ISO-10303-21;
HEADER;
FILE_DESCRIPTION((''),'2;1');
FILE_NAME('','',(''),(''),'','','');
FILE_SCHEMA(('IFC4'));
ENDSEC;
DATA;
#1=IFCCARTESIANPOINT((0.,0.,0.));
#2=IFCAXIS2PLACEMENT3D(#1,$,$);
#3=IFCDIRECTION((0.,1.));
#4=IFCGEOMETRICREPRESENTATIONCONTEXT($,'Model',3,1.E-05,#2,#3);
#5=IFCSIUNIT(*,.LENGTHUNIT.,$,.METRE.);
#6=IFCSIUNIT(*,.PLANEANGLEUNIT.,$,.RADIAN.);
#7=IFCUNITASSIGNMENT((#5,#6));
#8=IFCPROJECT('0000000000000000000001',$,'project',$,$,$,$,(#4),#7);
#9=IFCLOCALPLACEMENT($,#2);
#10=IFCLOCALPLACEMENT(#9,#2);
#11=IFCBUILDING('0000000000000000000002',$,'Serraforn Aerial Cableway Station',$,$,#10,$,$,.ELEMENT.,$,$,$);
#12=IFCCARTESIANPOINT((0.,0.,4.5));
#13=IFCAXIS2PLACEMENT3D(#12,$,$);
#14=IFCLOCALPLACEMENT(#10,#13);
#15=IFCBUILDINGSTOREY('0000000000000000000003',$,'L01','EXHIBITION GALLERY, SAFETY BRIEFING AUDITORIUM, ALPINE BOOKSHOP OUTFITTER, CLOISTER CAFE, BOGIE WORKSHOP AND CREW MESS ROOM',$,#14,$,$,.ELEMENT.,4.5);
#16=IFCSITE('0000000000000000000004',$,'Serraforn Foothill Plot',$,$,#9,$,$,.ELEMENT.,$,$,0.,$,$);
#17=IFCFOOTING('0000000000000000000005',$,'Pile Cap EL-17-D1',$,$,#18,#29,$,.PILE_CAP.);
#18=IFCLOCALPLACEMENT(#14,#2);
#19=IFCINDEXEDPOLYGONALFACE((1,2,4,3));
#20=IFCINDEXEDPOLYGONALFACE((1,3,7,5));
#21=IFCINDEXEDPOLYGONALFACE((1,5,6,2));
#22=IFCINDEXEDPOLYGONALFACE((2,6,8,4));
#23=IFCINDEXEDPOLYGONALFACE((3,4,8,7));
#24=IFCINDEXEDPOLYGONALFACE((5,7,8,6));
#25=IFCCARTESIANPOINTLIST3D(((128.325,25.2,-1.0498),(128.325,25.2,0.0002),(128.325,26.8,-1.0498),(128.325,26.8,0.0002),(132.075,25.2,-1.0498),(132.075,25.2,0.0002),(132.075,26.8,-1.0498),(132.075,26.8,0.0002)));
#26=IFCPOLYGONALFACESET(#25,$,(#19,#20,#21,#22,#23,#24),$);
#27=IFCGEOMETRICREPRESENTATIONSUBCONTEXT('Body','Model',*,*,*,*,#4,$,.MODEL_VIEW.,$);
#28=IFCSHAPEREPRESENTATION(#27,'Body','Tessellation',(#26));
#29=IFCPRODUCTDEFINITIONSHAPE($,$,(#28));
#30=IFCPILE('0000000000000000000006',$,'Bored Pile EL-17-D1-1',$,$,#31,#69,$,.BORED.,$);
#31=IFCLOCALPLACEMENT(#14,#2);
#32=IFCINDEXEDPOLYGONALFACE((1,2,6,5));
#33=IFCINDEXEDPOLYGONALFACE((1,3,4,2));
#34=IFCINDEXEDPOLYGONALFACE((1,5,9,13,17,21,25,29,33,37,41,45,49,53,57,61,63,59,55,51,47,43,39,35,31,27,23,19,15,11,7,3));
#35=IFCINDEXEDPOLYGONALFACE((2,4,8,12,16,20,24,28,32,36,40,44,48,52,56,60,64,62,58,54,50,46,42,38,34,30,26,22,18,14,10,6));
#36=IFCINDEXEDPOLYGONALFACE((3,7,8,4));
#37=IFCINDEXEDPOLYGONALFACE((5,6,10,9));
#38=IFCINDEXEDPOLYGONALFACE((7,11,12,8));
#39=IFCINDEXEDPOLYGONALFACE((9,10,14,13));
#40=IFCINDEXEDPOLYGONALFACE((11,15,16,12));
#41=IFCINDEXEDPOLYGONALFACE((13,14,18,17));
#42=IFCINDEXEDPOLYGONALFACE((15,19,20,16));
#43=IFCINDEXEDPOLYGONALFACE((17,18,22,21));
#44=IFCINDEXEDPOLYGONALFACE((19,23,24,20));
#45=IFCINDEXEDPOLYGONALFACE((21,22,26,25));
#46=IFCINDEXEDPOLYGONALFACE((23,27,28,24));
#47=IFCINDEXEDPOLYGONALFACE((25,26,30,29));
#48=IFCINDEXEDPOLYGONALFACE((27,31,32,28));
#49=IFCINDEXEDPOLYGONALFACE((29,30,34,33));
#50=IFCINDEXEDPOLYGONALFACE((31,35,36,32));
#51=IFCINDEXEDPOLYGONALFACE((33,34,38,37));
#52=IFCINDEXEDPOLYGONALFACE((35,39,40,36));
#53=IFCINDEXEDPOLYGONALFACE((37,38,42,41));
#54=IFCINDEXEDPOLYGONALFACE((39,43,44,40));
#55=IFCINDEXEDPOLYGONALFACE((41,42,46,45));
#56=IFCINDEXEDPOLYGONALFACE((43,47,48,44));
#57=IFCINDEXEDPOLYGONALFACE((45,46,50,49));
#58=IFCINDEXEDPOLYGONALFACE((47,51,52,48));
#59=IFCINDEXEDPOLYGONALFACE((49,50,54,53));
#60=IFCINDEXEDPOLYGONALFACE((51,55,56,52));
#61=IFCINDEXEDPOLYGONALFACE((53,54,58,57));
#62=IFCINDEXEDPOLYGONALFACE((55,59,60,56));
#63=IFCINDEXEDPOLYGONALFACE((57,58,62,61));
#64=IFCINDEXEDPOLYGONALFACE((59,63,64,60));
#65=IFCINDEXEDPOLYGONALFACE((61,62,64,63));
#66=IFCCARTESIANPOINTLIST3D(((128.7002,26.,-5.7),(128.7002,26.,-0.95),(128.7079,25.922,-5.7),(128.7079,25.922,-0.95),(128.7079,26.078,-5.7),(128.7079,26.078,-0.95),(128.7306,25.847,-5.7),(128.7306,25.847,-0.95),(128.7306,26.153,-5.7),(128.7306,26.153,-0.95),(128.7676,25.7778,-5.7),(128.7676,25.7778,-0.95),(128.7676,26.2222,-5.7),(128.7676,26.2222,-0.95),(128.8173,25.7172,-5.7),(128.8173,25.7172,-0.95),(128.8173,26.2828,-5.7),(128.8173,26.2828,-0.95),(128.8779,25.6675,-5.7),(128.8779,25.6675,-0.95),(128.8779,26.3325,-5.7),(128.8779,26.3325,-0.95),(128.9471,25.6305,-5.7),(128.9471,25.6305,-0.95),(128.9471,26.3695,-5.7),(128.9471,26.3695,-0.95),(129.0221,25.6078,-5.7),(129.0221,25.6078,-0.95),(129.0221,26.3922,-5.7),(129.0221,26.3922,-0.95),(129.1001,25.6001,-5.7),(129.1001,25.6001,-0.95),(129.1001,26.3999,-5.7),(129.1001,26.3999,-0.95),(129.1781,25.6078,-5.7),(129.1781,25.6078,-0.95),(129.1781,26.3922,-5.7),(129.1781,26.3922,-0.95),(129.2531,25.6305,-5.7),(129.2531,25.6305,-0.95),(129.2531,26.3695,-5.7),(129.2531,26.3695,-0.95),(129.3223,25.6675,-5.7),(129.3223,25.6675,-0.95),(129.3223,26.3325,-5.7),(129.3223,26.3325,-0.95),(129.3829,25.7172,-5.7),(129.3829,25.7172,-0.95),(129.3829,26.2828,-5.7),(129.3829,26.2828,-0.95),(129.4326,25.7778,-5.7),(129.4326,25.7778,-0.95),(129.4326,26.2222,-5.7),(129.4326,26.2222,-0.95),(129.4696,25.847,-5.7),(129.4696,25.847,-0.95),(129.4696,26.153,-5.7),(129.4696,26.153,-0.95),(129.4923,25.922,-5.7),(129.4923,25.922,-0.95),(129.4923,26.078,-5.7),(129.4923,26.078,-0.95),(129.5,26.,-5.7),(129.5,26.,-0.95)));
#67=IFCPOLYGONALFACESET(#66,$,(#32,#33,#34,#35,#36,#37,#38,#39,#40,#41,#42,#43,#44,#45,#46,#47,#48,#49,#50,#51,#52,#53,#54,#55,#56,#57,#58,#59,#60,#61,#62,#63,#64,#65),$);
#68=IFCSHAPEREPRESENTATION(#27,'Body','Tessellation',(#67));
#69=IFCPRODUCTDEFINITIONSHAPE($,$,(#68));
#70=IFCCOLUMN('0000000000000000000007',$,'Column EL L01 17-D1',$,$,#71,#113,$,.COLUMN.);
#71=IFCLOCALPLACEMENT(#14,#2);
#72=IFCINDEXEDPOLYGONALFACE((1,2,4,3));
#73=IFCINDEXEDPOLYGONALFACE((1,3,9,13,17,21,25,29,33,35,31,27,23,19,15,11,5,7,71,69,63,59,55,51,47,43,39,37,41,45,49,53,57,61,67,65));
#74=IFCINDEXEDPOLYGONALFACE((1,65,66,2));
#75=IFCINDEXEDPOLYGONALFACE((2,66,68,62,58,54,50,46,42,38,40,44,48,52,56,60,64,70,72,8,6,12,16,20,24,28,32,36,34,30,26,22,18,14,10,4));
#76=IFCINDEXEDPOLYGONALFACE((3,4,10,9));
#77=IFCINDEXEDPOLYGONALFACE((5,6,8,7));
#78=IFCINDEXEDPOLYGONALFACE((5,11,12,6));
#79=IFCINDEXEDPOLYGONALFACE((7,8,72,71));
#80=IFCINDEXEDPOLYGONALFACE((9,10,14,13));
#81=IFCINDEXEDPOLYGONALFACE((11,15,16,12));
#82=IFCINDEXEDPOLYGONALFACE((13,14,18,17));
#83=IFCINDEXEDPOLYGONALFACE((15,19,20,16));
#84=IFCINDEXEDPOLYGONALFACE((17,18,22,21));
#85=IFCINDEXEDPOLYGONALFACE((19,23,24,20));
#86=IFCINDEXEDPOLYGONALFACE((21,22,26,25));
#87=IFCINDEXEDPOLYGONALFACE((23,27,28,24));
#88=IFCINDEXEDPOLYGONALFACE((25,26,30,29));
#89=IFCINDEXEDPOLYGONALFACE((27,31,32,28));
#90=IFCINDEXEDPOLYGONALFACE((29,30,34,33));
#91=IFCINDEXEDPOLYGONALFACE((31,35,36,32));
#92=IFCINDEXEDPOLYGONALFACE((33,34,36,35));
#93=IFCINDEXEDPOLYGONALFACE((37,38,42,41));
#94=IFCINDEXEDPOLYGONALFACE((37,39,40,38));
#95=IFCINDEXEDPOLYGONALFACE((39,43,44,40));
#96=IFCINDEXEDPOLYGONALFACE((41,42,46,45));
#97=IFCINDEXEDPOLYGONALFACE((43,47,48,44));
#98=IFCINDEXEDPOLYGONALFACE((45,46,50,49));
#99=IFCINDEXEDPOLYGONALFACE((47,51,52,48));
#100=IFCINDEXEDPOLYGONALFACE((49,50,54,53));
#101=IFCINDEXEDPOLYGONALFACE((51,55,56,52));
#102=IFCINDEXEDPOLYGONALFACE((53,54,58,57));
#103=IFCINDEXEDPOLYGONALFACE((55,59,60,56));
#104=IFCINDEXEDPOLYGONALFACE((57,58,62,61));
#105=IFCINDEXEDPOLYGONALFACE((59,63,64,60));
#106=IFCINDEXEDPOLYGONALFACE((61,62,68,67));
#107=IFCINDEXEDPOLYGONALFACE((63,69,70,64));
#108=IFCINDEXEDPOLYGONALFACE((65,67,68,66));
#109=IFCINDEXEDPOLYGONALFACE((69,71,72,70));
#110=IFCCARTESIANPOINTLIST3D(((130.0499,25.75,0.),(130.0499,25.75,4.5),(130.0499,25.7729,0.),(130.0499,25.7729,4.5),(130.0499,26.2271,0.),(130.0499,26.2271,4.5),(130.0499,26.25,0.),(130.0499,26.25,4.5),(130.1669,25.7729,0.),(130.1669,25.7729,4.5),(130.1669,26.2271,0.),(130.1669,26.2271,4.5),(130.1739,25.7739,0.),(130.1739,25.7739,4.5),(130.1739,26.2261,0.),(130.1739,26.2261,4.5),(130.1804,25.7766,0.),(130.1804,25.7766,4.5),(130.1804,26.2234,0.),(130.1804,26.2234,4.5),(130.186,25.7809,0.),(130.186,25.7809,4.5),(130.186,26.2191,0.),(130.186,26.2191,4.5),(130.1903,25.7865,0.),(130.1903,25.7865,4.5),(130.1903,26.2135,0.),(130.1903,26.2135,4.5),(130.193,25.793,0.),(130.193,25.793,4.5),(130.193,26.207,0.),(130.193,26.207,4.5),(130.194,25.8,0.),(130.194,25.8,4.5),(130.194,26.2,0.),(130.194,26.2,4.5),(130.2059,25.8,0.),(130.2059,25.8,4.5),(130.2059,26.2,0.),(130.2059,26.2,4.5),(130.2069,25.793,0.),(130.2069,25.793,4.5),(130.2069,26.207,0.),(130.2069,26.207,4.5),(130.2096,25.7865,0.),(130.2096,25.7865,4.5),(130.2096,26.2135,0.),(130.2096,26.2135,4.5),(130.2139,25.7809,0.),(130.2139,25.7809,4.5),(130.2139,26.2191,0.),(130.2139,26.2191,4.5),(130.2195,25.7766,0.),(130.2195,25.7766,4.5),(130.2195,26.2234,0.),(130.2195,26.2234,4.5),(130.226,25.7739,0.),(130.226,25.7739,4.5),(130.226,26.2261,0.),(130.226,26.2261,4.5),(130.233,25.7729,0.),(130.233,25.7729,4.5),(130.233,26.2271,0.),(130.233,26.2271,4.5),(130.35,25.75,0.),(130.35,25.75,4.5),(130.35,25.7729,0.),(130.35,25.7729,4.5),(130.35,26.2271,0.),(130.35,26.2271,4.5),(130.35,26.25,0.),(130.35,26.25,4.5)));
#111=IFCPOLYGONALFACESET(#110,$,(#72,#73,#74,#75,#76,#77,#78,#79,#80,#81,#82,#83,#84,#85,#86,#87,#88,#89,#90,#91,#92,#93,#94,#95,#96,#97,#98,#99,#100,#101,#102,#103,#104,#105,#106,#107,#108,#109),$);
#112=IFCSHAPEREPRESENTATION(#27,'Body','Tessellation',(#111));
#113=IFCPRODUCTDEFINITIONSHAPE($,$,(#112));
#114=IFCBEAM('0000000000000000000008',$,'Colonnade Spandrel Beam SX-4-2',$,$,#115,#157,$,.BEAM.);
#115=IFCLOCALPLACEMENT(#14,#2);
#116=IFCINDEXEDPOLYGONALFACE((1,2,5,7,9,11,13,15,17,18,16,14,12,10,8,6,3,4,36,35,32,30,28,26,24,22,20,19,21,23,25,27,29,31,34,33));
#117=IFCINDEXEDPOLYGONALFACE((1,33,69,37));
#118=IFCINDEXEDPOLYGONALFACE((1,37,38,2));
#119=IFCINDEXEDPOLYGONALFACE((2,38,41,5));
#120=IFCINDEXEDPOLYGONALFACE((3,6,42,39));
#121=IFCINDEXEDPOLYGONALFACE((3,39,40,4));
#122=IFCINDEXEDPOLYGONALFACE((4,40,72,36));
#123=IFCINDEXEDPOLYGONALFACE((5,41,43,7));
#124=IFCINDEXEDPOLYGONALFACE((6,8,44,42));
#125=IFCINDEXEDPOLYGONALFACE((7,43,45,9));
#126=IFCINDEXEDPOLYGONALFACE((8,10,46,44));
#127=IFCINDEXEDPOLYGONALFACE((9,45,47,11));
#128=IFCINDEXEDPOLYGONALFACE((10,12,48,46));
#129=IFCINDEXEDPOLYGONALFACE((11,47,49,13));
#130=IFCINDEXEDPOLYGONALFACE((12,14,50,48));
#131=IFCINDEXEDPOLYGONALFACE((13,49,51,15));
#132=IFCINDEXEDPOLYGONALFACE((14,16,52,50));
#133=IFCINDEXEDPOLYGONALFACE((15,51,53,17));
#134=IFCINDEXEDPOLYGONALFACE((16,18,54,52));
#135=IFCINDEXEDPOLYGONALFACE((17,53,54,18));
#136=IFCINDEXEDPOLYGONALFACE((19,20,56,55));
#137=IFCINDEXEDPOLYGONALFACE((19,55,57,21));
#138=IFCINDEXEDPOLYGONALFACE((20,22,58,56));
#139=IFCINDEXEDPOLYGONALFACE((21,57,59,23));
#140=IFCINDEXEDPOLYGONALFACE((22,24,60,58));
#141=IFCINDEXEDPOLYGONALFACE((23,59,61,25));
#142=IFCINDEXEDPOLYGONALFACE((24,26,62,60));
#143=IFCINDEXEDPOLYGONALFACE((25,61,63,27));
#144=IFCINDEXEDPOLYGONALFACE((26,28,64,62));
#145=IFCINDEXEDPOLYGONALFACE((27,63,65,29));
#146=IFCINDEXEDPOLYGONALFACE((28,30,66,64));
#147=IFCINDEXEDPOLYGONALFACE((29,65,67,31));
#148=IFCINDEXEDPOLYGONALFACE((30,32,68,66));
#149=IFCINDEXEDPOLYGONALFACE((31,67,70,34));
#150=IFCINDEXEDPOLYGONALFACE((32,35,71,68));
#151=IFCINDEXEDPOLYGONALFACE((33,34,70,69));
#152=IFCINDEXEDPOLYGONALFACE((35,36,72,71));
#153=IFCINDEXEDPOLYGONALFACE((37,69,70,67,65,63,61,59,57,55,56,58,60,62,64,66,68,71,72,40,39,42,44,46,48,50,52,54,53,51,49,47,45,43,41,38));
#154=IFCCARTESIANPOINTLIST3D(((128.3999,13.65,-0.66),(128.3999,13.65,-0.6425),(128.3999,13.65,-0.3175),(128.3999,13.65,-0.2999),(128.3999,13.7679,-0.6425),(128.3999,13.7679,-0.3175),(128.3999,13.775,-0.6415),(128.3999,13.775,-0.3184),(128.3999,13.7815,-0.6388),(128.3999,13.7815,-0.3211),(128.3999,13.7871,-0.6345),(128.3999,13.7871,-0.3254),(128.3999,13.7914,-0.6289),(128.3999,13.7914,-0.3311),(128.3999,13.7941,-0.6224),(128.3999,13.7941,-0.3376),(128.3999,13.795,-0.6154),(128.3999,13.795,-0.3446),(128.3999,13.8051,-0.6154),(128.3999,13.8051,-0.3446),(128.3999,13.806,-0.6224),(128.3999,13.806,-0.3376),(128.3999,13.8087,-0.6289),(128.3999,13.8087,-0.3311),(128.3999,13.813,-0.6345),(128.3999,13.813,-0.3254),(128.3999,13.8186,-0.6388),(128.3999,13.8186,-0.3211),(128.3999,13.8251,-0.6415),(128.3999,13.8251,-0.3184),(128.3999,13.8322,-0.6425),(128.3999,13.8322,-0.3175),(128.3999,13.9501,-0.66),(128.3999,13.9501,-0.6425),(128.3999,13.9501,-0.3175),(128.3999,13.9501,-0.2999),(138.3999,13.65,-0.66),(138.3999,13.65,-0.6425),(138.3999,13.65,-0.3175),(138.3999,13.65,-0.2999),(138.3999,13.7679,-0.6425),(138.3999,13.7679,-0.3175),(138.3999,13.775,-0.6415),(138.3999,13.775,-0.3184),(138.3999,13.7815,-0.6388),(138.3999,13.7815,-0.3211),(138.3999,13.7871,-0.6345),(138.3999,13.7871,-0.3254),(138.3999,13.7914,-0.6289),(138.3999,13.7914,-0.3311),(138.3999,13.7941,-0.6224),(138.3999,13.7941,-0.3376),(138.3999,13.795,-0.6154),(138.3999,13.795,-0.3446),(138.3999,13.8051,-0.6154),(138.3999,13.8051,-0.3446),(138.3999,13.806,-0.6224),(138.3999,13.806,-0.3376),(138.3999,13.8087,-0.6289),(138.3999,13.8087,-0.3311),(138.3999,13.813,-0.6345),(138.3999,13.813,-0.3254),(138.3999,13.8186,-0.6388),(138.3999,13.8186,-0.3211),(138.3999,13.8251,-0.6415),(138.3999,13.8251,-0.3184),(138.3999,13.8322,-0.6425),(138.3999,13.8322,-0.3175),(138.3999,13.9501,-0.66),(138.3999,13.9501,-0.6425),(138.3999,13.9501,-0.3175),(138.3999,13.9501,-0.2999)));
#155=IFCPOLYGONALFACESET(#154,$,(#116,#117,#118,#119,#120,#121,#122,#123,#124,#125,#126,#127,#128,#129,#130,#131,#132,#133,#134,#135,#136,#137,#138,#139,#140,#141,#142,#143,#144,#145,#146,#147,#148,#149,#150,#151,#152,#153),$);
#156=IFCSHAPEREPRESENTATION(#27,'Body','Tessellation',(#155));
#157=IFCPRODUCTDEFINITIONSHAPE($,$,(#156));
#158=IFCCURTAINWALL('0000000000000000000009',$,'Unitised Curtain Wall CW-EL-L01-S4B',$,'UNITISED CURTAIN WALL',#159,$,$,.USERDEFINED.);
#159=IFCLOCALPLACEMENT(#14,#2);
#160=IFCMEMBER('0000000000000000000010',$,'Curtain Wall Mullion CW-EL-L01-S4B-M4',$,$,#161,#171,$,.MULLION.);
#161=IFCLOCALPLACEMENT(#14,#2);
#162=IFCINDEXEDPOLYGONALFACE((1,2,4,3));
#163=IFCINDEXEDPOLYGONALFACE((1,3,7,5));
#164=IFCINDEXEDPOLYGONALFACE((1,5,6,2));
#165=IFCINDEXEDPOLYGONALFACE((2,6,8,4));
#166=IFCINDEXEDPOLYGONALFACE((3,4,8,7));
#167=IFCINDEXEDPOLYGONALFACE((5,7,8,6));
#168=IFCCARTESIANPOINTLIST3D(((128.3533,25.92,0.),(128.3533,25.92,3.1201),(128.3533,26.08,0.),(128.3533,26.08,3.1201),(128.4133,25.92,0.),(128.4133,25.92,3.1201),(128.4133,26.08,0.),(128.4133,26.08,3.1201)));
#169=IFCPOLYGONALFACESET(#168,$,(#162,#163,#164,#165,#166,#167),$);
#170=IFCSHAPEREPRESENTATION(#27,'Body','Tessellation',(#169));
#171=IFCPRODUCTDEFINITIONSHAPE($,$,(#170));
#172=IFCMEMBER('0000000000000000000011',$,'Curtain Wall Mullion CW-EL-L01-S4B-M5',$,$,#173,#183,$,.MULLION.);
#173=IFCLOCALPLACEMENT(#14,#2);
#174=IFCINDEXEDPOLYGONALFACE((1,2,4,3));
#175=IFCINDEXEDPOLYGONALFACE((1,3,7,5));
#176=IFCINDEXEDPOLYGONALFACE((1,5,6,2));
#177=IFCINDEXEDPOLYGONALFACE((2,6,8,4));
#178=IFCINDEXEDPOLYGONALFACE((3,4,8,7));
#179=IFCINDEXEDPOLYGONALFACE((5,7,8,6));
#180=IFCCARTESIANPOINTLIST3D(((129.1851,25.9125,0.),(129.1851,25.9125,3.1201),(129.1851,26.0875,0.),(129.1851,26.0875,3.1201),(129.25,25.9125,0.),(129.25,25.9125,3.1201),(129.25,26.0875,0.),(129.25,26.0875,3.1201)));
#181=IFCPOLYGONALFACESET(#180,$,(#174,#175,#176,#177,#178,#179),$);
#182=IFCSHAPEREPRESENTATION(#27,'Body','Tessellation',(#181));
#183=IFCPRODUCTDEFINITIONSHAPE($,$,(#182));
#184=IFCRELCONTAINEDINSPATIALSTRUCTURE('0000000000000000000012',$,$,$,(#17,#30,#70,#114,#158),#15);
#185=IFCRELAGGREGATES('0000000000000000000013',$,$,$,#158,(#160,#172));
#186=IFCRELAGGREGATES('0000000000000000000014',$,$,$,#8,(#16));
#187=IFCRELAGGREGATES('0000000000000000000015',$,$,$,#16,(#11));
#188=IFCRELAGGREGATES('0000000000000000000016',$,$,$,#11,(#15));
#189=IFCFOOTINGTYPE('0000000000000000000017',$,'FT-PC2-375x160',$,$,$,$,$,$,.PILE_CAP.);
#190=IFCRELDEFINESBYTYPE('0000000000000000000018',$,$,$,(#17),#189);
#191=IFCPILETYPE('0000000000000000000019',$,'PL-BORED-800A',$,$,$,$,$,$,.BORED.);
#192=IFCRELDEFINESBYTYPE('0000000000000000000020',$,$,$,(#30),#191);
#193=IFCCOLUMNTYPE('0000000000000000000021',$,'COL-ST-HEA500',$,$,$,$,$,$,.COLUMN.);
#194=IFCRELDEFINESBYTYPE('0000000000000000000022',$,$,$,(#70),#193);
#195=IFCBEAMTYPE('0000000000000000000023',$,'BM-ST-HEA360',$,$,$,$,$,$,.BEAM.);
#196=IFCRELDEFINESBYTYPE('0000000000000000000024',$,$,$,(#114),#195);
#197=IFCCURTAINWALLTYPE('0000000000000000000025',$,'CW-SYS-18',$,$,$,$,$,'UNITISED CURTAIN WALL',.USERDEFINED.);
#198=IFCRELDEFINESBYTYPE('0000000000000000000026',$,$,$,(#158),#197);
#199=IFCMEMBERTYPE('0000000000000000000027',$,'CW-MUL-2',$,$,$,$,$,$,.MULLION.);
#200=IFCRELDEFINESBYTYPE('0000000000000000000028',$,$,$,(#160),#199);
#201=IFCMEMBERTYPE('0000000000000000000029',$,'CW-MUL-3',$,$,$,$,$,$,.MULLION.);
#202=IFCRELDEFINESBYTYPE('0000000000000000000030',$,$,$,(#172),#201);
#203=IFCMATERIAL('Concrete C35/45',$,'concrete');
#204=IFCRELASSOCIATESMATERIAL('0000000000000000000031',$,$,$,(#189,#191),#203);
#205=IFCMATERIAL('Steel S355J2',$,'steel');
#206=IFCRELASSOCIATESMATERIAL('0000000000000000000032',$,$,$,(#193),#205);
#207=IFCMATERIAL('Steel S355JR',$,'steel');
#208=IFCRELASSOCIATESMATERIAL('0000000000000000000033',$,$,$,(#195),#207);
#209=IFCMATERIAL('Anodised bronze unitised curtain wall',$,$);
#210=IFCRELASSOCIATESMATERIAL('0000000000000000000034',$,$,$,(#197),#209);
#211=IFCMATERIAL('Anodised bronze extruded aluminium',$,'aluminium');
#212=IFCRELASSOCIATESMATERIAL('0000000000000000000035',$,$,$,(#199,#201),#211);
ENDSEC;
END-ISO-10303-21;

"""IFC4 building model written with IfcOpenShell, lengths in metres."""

from ifc_helpers import new_model, si_unit, direction, frame, origin, origin_2d, place, context, subcontext, project, spatial, rectangle, circle, i_section, extrude, material, material_profile, profile_set, type_object, element, aggregate, save


model = new_model("IFC4")

# Units and contexts
model_context = context("Model", 3, precision=1e-05, world=origin(), true_north=direction((0.0, 1.0)))
body_context = subcontext(model_context, "Body", "Model", "MODEL_VIEW")
ifc_project = project(units=[si_unit("LENGTHUNIT", "METRE"), si_unit("PLANEANGLEUNIT", "RADIAN")], contexts=[model_context])

# Site, building, storey
site_placement = place(None, origin())
site = spatial("IfcSite", under=ifc_project, at=site_placement, Name="Serraforn Foothill Plot", CompositionType="ELEMENT", RefElevation=0.0)
building_placement = place(site_placement, origin())
building = spatial("IfcBuilding", under=site, at=building_placement, Name="Serraforn Aerial Cableway Station", CompositionType="ELEMENT")
storey_placement = place(building_placement, frame((0.0, 0.0, 4.5)))
storey = spatial("IfcBuildingStorey", under=building, at=storey_placement, Name="L01", Description="EXHIBITION GALLERY, SAFETY BRIEFING AUDITORIUM, ALPINE BOOKSHOP OUTFITTER, CLOISTER CAFE, BOGIE WORKSHOP AND CREW MESS ROOM", CompositionType="ELEMENT", Elevation=4.5)

# Footing
ifc_material_1 = material(Name="Concrete C35/45", Category="concrete")
footing_type = type_object("IfcFootingType", Name="FT-PC2-375x160", PredefinedType="PILE_CAP", material=ifc_material_1)
footing_placement = place(storey_placement, frame((130.2, 26.0, -1.0498), z_axis=(0.0, 0.0, 1.0), x_axis=(1.0, 0.0, 0.0)))
element("IfcFooting", 1, at=footing_placement, inside=storey, type_object=footing_type, Name="Pile Cap EL-17-D1", PredefinedType="PILE_CAP", context=body_context, shape_type="SweptSolid", body=[
    extrude(rectangle(XDim=3.75, YDim=1.6001, at=origin_2d()), origin(), (0.0, 0.0, 1.0), 1.05),
])

# Pile
ifc_material_profile_1 = material_profile(ifc_material_1, circle(Radius=0.3999, at=origin_2d()), Name="BORED PILE D800")
ifc_profile_set_1 = profile_set([ifc_material_profile_1], Name="Concrete C35/45")
pile_type = type_object("IfcPileType", Name="PL-BORED-800A", PredefinedType="BORED", material=ifc_profile_set_1)
pile_placement = place(storey_placement, frame((129.1001, 26.0, -0.95), z_axis=(0.0, 0.0, -1.0), x_axis=(1.0, 0.0, 0.0)))
element("IfcPile", 2, at=pile_placement, inside=storey, type_object=pile_type, Name="Bored Pile EL-17-D1-1", PredefinedType="BORED", context=body_context, shape_type="SweptSolid", body=[
    extrude(circle(Radius=0.3999, at=origin_2d()), origin(), (0.0, 0.0, 1.0), 4.75),
])

# Column
ifc_material_2 = material(Name="Steel S355J2", Category="steel")
ifc_material_profile_2 = material_profile(ifc_material_2, i_section(OverallWidth=0.3, OverallDepth=0.5, WebThickness=0.012, FlangeThickness=0.0229, FilletRadius=0.0271, at=origin_2d()), Name="HEA 500")
ifc_profile_set_2 = profile_set([ifc_material_profile_2], Name="Steel S355J2")
column_type = type_object("IfcColumnType", Name="COL-ST-HEA500", PredefinedType="COLUMN", material=ifc_profile_set_2)
column_placement = place(storey_placement, frame((130.2, 26.0, 0.0), z_axis=(0.0, 0.0, 1.0), x_axis=(1.0, 0.0, 0.0)))
element("IfcColumn", 3, at=column_placement, inside=storey, type_object=column_type, Name="Column EL L01 17-D1", PredefinedType="COLUMN", context=body_context, shape_type="SweptSolid", body=[
    extrude(i_section(OverallWidth=0.3, OverallDepth=0.5, WebThickness=0.012, FlangeThickness=0.0229, FilletRadius=0.0271, at=origin_2d()), origin(), (0.0, 0.0, 1.0), 4.5),
])

# Beam
ifc_material_3 = material(Name="Steel S355JR", Category="steel")
ifc_material_profile_3 = material_profile(ifc_material_3, i_section(OverallWidth=0.3, OverallDepth=0.3601, WebThickness=0.01, FlangeThickness=0.0176, FilletRadius=0.0271, at=origin_2d()), Name="HEA 360")
ifc_profile_set_3 = profile_set([ifc_material_profile_3], Name="Steel S355JR")
beam_type = type_object("IfcBeamType", Name="BM-ST-HEA360", PredefinedType="BEAM", material=ifc_profile_set_3)
beam_placement = place(storey_placement, frame((128.3999, 13.8, -0.48), z_axis=(1.0, 0.0, 0.0), x_axis=(0.0, 1.0, 0.0)))
element("IfcBeam", 4, at=beam_placement, inside=storey, type_object=beam_type, Name="Colonnade Spandrel Beam SX-4-2", PredefinedType="BEAM", context=body_context, shape_type="SweptSolid", body=[
    extrude(i_section(OverallWidth=0.3, OverallDepth=0.3601, WebThickness=0.01, FlangeThickness=0.0176, FilletRadius=0.0271, at=origin_2d()), origin(), (0.0, 0.0, 1.0), 10.0),
])

# Curtain wall, members
ifc_material_4 = material(Name="Anodised bronze unitised curtain wall")
curtain_wall_type_1 = type_object("IfcCurtainWallType", Name="CW-SYS-18", ElementType="UNITISED CURTAIN WALL", PredefinedType="USERDEFINED", material=ifc_material_4)
curtain_wall_1_placement = place(storey_placement, origin())
curtain_wall_1 = element("IfcCurtainWall", 5, at=curtain_wall_1_placement, inside=storey, type_object=curtain_wall_type_1, Name="Unitised Curtain Wall CW-EL-L01-S4B", ObjectType="UNITISED CURTAIN WALL", PredefinedType="USERDEFINED")
ifc_material_5 = material(Name="Anodised bronze extruded aluminium", Category="aluminium")
ifc_material_profile_4 = material_profile(ifc_material_5, rectangle(XDim=0.0601, YDim=0.1599, at=origin_2d()), Name="CW MULLION 60x160")
ifc_profile_set_4 = profile_set([ifc_material_profile_4], Name="Anodised bronze extruded aluminium")
member_type_1 = type_object("IfcMemberType", Name="CW-MUL-2", PredefinedType="MULLION", material=ifc_profile_set_4)
member_1_placement = place(storey_placement, frame((128.3833, 26.0, 0.0), z_axis=(0.0, 0.0, 1.0), x_axis=(1.0, 0.0, 0.0)))
member_1 = element("IfcMember", 6, at=member_1_placement, type_object=member_type_1, Name="Curtain Wall Mullion CW-EL-L01-S4B-M4", PredefinedType="MULLION", context=body_context, shape_type="SweptSolid", body=[
    extrude(rectangle(XDim=0.0601, YDim=0.1599, at=origin_2d()), origin(), (0.0, 0.0, 1.0), 3.1201),
])
ifc_material_profile_5 = material_profile(ifc_material_5, rectangle(XDim=0.0649, YDim=0.175, at=origin_2d()), Name="CW MULLION 65x175")
ifc_profile_set_5 = profile_set([ifc_material_profile_5], Name="Anodised bronze extruded aluminium")
member_type_2 = type_object("IfcMemberType", Name="CW-MUL-3", PredefinedType="MULLION", material=ifc_profile_set_5)
member_2_placement = place(storey_placement, frame((129.2175, 26.0, 0.0), z_axis=(0.0, 0.0, 1.0), x_axis=(1.0, 0.0, 0.0)))
member_2 = element("IfcMember", 7, at=member_2_placement, type_object=member_type_2, Name="Curtain Wall Mullion CW-EL-L01-S4B-M5", PredefinedType="MULLION", context=body_context, shape_type="SweptSolid", body=[
    extrude(rectangle(XDim=0.0649, YDim=0.175, at=origin_2d()), origin(), (0.0, 0.0, 1.0), 3.1201),
])

aggregate(curtain_wall_1, [member_1, member_2])

save(model, "model.ifc")
